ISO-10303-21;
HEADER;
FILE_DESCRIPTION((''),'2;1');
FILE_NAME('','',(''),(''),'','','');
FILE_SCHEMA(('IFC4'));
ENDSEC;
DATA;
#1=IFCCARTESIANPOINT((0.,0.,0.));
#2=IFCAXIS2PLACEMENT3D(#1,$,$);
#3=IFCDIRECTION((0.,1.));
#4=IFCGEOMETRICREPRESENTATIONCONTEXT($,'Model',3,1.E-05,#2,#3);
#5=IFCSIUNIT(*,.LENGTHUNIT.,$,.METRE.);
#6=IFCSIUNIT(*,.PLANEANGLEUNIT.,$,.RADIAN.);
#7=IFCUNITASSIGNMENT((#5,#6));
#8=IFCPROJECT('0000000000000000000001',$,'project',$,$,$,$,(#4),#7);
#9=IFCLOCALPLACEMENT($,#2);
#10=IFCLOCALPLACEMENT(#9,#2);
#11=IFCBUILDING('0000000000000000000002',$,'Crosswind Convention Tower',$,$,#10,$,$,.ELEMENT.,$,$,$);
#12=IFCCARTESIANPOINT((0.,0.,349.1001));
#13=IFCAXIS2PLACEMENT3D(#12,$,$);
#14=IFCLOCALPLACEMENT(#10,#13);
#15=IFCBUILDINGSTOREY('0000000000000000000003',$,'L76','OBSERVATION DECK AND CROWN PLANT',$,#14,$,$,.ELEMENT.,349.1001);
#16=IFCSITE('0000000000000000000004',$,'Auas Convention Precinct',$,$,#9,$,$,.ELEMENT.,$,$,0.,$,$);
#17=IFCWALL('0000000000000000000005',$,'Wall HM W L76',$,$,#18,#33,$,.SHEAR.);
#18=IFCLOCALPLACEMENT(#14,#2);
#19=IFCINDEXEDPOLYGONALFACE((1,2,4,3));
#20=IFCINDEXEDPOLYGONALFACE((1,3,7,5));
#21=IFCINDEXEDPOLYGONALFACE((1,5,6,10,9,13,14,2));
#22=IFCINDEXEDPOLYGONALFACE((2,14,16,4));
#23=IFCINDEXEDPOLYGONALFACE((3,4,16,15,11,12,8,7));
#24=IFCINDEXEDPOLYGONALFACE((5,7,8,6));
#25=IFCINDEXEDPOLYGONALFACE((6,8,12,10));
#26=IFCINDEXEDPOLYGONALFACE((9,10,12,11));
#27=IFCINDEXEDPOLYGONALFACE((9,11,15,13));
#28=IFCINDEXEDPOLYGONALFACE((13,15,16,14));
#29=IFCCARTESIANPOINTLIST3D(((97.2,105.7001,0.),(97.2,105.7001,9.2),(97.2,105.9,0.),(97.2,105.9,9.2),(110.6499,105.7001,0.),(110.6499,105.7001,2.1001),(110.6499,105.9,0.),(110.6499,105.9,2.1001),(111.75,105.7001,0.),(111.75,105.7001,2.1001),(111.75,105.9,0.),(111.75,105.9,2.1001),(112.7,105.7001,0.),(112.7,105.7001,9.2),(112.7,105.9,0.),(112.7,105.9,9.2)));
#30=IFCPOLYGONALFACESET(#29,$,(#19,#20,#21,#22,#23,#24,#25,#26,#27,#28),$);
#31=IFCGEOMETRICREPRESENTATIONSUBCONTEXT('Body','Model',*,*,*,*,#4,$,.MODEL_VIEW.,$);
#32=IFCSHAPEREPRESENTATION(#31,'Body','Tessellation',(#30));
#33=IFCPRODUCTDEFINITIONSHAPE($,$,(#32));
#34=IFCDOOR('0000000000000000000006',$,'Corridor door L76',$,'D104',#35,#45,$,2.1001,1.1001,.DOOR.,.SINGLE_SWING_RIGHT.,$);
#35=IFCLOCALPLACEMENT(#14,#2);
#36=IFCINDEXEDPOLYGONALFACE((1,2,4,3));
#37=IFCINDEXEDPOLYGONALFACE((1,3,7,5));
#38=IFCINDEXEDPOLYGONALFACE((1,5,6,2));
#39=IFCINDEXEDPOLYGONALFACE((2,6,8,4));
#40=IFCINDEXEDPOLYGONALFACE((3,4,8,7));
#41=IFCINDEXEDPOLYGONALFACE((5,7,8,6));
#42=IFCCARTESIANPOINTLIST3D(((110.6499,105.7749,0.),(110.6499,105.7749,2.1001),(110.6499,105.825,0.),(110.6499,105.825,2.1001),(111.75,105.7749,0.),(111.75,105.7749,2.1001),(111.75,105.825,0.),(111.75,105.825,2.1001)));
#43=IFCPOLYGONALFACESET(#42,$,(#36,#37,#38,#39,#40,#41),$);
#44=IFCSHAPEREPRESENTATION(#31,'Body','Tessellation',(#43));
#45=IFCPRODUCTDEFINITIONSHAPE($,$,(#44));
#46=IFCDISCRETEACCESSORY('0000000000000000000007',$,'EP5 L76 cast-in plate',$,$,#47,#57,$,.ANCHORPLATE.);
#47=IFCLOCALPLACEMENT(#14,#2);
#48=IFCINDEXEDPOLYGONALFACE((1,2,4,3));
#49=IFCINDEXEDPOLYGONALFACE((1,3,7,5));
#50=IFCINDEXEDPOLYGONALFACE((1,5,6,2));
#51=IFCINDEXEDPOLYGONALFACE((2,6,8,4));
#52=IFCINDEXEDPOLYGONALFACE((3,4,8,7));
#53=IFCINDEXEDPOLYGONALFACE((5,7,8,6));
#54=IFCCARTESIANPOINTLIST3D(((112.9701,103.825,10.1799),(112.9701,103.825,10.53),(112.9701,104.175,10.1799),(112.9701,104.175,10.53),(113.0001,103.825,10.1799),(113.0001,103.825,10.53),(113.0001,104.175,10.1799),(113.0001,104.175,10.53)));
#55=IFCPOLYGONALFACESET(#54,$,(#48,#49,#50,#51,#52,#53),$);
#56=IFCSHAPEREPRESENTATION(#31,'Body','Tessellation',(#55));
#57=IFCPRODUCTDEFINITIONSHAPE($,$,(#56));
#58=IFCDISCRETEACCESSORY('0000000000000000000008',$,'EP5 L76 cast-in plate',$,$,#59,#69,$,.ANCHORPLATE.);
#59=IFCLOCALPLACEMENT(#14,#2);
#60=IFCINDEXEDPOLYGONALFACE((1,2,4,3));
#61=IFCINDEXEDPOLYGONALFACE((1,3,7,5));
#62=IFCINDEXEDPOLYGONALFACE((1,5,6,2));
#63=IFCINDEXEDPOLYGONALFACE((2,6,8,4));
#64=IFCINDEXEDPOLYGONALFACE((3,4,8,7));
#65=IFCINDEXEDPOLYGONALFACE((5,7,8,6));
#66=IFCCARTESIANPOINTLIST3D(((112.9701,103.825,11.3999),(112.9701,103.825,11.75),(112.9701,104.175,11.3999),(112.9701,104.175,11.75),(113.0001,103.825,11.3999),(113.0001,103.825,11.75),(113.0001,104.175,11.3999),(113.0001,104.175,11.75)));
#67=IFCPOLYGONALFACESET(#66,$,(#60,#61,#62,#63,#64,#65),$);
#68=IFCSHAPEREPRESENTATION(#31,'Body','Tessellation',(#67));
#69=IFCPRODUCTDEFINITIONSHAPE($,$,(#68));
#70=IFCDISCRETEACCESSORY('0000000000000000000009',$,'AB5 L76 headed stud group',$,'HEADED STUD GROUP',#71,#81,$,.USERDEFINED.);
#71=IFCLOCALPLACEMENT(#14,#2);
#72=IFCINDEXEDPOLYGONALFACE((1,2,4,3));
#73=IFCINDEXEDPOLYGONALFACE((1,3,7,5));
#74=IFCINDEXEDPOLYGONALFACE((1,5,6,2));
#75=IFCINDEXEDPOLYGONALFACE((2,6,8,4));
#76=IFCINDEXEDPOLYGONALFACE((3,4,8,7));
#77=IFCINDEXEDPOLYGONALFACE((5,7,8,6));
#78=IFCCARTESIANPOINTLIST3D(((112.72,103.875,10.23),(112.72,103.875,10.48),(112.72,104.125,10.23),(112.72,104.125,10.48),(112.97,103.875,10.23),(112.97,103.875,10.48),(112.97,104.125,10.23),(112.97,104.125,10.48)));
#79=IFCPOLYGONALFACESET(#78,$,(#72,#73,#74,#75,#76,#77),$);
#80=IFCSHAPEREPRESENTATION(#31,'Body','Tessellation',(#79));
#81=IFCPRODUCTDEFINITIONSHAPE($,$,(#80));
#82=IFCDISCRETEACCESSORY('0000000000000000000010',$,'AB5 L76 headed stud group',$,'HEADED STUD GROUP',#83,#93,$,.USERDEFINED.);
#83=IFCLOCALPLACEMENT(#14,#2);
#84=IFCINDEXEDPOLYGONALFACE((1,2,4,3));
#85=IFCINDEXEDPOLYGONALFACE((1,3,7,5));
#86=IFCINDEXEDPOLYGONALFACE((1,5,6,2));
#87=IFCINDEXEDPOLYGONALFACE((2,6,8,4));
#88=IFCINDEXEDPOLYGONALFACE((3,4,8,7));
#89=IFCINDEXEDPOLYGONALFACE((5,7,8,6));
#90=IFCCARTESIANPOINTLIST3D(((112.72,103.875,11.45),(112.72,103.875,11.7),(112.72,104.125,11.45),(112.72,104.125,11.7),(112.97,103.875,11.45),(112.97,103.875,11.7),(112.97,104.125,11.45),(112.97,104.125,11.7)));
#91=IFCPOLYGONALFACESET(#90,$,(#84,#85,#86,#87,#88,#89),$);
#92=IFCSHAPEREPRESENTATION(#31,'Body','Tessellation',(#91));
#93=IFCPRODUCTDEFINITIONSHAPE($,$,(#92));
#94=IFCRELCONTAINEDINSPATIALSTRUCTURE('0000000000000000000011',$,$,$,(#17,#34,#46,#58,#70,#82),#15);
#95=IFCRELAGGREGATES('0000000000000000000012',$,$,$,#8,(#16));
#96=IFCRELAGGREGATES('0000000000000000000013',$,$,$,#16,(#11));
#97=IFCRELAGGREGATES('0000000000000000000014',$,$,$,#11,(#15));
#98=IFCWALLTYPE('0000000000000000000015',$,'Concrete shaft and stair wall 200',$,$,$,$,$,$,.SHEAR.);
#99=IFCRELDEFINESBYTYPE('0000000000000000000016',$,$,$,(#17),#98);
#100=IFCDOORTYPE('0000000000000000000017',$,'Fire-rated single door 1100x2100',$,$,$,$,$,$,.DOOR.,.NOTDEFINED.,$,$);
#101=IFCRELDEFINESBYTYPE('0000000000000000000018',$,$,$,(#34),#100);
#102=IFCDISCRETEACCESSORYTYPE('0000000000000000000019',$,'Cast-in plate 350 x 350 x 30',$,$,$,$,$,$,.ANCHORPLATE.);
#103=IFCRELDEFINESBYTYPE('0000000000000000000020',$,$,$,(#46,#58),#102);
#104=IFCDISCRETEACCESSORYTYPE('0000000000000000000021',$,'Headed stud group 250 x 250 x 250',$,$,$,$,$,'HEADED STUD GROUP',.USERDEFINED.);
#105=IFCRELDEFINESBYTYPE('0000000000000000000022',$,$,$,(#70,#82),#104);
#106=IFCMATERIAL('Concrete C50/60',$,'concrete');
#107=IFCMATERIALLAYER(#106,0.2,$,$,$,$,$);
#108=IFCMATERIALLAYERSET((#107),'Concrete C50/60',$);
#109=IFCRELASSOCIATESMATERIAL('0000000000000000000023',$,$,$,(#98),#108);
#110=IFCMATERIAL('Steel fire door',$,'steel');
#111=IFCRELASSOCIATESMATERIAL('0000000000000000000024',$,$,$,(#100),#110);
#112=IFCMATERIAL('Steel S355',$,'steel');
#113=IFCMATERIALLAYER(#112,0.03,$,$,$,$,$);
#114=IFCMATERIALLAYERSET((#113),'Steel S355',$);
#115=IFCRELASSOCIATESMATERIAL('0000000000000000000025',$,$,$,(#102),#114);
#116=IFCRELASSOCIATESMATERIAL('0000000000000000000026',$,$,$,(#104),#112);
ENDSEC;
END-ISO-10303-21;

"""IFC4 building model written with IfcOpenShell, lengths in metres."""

from ifc_helpers import new_model, si_unit, direction, frame, frame_2d, origin, origin_2d, place, context, subcontext, project, spatial, rectangle, extrude, material, layer, layer_set, type_object, element, fill, save


model = new_model("IFC4")

# Units and contexts
model_context = context("Model", 3, precision=1e-05, world=origin(), true_north=direction((0.0, 1.0)))
body_context = subcontext(model_context, "Body", "Model", "MODEL_VIEW")
ifc_project = project(units=[si_unit("LENGTHUNIT", "METRE"), si_unit("PLANEANGLEUNIT", "RADIAN")], contexts=[model_context])

# Site, building, storey
site_placement = place(None, origin())
site = spatial("IfcSite", under=ifc_project, at=site_placement, Name="Auas Convention Precinct", CompositionType="ELEMENT", RefElevation=0.0)
building_placement = place(site_placement, origin())
building = spatial("IfcBuilding", under=site, at=building_placement, Name="Crosswind Convention Tower", CompositionType="ELEMENT")
storey_placement = place(building_placement, frame((0.0, 0.0, 349.1001)))
storey = spatial("IfcBuildingStorey", under=building, at=storey_placement, Name="L76", Description="OBSERVATION DECK AND CROWN PLANT", CompositionType="ELEMENT", Elevation=349.1001)

# Shared definitions
ifc_material_1 = material(Name="Concrete C50/60", Category="concrete")
ifc_layer_1 = layer(ifc_material_1, 0.2)
ifc_layer_set_1 = layer_set([ifc_layer_1], Name="Concrete C50/60")
wall_type_1 = type_object("IfcWallType", Name="Concrete shaft and stair wall 200", PredefinedType="SHEAR", material=ifc_layer_set_1)
ifc_material_2 = material(Name="Steel fire door", Category="steel")

# Wall, opening, door
wall_1_placement = place(storey_placement, frame((112.7, 105.8, 0.0), z_axis=(0.0, 0.0, 1.0), x_axis=(-1.0, 0.0, 0.0)))
wall_1 = element("IfcWall", 1, at=wall_1_placement, inside=storey, type_object=wall_type_1, Name="Wall HM W L76", PredefinedType="SHEAR", context=body_context, shape_type="SweptSolid", body=[
    extrude(rectangle(XDim=15.5, YDim=0.2, at=frame_2d((7.75, 0.0))), origin(), (0.0, 0.0, 1.0), 9.2),
])
opening_1_placement = place(wall_1_placement, frame((0.95, 0.0, 0.0)))
opening_1 = element("IfcOpeningElement", 2, at=opening_1_placement, cuts=wall_1, PredefinedType="OPENING", context=body_context, shape_type="SweptSolid", body=[
    extrude(rectangle(XDim=1.1001, YDim=2.1001, at=frame_2d((0.55, 1.05))), frame((0.0, 0.1099, 0.0), z_axis=(0.0, -1.0, 0.0), x_axis=(1.0, 0.0, 0.0)), (0.0, 0.0, 1.0), 0.22),
])
door_type_1 = type_object("IfcDoorType", Name="Fire-rated single door 1100x2100", OperationType="NOTDEFINED", PredefinedType="DOOR", material=ifc_material_2)
door_1_placement = place(opening_1_placement, frame((1.1001, 0.0, 0.0), z_axis=(0.0, 0.0, 1.0), x_axis=(-1.0, 0.0, 0.0)))
door_1 = element("IfcDoor", 3, at=door_1_placement, inside=storey, type_object=door_type_1, Name="Corridor door L76", ObjectType="D104", OperationType="SINGLE_SWING_RIGHT", OverallHeight=2.1001, OverallWidth=1.1001, PredefinedType="DOOR", context=body_context, shape_type="SweptSolid", body=[
    extrude(rectangle(XDim=1.1001, YDim=2.1001, at=frame_2d((0.55, 1.05))), frame((0.0, 0.0249, 0.0), z_axis=(0.0, -1.0, 0.0), x_axis=(1.0, 0.0, 0.0)), (0.0, 0.0, 1.0), 0.05),
])
fill(opening_1, door_1)

# Discrete accessories
ifc_material_3 = material(Name="Steel S355", Category="steel")
ifc_layer_2 = layer(ifc_material_3, 0.03)
ifc_layer_set_2 = layer_set([ifc_layer_2], Name="Steel S355")
discrete_accessory_type_1 = type_object("IfcDiscreteAccessoryType", Name="Cast-in plate 350 x 350 x 30", PredefinedType="ANCHORPLATE", material=ifc_layer_set_2)
for number, where, z_axis, x_axis, name in (
    (4, (112.9851, 104.0, 10.1799), (0.0, 0.0, 1.0), (1.0, 0.0, 0.0), "EP5 L76 cast-in plate"),
    (5, (112.9851, 104.0, 11.3999), (0.0, 0.0, 1.0), (1.0, 0.0, 0.0), "EP5 L76 cast-in plate"),
):
    element("IfcDiscreteAccessory", number, at=place(storey_placement, frame(where, z_axis=z_axis, x_axis=x_axis)), inside=storey, type_object=discrete_accessory_type_1, Name=name, PredefinedType="ANCHORPLATE", context=body_context, shape_type="SweptSolid", body=[
        extrude(rectangle(XDim=0.03, YDim=0.3501, at=origin_2d()), origin(), (0.0, 0.0, 1.0), 0.3501),
    ])
discrete_accessory_type_2 = type_object("IfcDiscreteAccessoryType", Name="Headed stud group 250 x 250 x 250", ElementType="HEADED STUD GROUP", PredefinedType="USERDEFINED", material=ifc_material_3)
for number, where, z_axis, x_axis, name in (
    (6, (112.845, 104.0, 10.23), (0.0, 0.0, 1.0), (1.0, 0.0, 0.0), "AB5 L76 headed stud group"),
    (7, (112.845, 104.0, 11.45), (0.0, 0.0, 1.0), (1.0, 0.0, 0.0), "AB5 L76 headed stud group"),
):
    element("IfcDiscreteAccessory", number, at=place(storey_placement, frame(where, z_axis=z_axis, x_axis=x_axis)), inside=storey, type_object=discrete_accessory_type_2, Name=name, ObjectType="HEADED STUD GROUP", PredefinedType="USERDEFINED", context=body_context, shape_type="SweptSolid", body=[
        extrude(rectangle(XDim=0.25, YDim=0.25, at=origin_2d()), origin(), (0.0, 0.0, 1.0), 0.25),
    ])

save(model, "model.ifc")
